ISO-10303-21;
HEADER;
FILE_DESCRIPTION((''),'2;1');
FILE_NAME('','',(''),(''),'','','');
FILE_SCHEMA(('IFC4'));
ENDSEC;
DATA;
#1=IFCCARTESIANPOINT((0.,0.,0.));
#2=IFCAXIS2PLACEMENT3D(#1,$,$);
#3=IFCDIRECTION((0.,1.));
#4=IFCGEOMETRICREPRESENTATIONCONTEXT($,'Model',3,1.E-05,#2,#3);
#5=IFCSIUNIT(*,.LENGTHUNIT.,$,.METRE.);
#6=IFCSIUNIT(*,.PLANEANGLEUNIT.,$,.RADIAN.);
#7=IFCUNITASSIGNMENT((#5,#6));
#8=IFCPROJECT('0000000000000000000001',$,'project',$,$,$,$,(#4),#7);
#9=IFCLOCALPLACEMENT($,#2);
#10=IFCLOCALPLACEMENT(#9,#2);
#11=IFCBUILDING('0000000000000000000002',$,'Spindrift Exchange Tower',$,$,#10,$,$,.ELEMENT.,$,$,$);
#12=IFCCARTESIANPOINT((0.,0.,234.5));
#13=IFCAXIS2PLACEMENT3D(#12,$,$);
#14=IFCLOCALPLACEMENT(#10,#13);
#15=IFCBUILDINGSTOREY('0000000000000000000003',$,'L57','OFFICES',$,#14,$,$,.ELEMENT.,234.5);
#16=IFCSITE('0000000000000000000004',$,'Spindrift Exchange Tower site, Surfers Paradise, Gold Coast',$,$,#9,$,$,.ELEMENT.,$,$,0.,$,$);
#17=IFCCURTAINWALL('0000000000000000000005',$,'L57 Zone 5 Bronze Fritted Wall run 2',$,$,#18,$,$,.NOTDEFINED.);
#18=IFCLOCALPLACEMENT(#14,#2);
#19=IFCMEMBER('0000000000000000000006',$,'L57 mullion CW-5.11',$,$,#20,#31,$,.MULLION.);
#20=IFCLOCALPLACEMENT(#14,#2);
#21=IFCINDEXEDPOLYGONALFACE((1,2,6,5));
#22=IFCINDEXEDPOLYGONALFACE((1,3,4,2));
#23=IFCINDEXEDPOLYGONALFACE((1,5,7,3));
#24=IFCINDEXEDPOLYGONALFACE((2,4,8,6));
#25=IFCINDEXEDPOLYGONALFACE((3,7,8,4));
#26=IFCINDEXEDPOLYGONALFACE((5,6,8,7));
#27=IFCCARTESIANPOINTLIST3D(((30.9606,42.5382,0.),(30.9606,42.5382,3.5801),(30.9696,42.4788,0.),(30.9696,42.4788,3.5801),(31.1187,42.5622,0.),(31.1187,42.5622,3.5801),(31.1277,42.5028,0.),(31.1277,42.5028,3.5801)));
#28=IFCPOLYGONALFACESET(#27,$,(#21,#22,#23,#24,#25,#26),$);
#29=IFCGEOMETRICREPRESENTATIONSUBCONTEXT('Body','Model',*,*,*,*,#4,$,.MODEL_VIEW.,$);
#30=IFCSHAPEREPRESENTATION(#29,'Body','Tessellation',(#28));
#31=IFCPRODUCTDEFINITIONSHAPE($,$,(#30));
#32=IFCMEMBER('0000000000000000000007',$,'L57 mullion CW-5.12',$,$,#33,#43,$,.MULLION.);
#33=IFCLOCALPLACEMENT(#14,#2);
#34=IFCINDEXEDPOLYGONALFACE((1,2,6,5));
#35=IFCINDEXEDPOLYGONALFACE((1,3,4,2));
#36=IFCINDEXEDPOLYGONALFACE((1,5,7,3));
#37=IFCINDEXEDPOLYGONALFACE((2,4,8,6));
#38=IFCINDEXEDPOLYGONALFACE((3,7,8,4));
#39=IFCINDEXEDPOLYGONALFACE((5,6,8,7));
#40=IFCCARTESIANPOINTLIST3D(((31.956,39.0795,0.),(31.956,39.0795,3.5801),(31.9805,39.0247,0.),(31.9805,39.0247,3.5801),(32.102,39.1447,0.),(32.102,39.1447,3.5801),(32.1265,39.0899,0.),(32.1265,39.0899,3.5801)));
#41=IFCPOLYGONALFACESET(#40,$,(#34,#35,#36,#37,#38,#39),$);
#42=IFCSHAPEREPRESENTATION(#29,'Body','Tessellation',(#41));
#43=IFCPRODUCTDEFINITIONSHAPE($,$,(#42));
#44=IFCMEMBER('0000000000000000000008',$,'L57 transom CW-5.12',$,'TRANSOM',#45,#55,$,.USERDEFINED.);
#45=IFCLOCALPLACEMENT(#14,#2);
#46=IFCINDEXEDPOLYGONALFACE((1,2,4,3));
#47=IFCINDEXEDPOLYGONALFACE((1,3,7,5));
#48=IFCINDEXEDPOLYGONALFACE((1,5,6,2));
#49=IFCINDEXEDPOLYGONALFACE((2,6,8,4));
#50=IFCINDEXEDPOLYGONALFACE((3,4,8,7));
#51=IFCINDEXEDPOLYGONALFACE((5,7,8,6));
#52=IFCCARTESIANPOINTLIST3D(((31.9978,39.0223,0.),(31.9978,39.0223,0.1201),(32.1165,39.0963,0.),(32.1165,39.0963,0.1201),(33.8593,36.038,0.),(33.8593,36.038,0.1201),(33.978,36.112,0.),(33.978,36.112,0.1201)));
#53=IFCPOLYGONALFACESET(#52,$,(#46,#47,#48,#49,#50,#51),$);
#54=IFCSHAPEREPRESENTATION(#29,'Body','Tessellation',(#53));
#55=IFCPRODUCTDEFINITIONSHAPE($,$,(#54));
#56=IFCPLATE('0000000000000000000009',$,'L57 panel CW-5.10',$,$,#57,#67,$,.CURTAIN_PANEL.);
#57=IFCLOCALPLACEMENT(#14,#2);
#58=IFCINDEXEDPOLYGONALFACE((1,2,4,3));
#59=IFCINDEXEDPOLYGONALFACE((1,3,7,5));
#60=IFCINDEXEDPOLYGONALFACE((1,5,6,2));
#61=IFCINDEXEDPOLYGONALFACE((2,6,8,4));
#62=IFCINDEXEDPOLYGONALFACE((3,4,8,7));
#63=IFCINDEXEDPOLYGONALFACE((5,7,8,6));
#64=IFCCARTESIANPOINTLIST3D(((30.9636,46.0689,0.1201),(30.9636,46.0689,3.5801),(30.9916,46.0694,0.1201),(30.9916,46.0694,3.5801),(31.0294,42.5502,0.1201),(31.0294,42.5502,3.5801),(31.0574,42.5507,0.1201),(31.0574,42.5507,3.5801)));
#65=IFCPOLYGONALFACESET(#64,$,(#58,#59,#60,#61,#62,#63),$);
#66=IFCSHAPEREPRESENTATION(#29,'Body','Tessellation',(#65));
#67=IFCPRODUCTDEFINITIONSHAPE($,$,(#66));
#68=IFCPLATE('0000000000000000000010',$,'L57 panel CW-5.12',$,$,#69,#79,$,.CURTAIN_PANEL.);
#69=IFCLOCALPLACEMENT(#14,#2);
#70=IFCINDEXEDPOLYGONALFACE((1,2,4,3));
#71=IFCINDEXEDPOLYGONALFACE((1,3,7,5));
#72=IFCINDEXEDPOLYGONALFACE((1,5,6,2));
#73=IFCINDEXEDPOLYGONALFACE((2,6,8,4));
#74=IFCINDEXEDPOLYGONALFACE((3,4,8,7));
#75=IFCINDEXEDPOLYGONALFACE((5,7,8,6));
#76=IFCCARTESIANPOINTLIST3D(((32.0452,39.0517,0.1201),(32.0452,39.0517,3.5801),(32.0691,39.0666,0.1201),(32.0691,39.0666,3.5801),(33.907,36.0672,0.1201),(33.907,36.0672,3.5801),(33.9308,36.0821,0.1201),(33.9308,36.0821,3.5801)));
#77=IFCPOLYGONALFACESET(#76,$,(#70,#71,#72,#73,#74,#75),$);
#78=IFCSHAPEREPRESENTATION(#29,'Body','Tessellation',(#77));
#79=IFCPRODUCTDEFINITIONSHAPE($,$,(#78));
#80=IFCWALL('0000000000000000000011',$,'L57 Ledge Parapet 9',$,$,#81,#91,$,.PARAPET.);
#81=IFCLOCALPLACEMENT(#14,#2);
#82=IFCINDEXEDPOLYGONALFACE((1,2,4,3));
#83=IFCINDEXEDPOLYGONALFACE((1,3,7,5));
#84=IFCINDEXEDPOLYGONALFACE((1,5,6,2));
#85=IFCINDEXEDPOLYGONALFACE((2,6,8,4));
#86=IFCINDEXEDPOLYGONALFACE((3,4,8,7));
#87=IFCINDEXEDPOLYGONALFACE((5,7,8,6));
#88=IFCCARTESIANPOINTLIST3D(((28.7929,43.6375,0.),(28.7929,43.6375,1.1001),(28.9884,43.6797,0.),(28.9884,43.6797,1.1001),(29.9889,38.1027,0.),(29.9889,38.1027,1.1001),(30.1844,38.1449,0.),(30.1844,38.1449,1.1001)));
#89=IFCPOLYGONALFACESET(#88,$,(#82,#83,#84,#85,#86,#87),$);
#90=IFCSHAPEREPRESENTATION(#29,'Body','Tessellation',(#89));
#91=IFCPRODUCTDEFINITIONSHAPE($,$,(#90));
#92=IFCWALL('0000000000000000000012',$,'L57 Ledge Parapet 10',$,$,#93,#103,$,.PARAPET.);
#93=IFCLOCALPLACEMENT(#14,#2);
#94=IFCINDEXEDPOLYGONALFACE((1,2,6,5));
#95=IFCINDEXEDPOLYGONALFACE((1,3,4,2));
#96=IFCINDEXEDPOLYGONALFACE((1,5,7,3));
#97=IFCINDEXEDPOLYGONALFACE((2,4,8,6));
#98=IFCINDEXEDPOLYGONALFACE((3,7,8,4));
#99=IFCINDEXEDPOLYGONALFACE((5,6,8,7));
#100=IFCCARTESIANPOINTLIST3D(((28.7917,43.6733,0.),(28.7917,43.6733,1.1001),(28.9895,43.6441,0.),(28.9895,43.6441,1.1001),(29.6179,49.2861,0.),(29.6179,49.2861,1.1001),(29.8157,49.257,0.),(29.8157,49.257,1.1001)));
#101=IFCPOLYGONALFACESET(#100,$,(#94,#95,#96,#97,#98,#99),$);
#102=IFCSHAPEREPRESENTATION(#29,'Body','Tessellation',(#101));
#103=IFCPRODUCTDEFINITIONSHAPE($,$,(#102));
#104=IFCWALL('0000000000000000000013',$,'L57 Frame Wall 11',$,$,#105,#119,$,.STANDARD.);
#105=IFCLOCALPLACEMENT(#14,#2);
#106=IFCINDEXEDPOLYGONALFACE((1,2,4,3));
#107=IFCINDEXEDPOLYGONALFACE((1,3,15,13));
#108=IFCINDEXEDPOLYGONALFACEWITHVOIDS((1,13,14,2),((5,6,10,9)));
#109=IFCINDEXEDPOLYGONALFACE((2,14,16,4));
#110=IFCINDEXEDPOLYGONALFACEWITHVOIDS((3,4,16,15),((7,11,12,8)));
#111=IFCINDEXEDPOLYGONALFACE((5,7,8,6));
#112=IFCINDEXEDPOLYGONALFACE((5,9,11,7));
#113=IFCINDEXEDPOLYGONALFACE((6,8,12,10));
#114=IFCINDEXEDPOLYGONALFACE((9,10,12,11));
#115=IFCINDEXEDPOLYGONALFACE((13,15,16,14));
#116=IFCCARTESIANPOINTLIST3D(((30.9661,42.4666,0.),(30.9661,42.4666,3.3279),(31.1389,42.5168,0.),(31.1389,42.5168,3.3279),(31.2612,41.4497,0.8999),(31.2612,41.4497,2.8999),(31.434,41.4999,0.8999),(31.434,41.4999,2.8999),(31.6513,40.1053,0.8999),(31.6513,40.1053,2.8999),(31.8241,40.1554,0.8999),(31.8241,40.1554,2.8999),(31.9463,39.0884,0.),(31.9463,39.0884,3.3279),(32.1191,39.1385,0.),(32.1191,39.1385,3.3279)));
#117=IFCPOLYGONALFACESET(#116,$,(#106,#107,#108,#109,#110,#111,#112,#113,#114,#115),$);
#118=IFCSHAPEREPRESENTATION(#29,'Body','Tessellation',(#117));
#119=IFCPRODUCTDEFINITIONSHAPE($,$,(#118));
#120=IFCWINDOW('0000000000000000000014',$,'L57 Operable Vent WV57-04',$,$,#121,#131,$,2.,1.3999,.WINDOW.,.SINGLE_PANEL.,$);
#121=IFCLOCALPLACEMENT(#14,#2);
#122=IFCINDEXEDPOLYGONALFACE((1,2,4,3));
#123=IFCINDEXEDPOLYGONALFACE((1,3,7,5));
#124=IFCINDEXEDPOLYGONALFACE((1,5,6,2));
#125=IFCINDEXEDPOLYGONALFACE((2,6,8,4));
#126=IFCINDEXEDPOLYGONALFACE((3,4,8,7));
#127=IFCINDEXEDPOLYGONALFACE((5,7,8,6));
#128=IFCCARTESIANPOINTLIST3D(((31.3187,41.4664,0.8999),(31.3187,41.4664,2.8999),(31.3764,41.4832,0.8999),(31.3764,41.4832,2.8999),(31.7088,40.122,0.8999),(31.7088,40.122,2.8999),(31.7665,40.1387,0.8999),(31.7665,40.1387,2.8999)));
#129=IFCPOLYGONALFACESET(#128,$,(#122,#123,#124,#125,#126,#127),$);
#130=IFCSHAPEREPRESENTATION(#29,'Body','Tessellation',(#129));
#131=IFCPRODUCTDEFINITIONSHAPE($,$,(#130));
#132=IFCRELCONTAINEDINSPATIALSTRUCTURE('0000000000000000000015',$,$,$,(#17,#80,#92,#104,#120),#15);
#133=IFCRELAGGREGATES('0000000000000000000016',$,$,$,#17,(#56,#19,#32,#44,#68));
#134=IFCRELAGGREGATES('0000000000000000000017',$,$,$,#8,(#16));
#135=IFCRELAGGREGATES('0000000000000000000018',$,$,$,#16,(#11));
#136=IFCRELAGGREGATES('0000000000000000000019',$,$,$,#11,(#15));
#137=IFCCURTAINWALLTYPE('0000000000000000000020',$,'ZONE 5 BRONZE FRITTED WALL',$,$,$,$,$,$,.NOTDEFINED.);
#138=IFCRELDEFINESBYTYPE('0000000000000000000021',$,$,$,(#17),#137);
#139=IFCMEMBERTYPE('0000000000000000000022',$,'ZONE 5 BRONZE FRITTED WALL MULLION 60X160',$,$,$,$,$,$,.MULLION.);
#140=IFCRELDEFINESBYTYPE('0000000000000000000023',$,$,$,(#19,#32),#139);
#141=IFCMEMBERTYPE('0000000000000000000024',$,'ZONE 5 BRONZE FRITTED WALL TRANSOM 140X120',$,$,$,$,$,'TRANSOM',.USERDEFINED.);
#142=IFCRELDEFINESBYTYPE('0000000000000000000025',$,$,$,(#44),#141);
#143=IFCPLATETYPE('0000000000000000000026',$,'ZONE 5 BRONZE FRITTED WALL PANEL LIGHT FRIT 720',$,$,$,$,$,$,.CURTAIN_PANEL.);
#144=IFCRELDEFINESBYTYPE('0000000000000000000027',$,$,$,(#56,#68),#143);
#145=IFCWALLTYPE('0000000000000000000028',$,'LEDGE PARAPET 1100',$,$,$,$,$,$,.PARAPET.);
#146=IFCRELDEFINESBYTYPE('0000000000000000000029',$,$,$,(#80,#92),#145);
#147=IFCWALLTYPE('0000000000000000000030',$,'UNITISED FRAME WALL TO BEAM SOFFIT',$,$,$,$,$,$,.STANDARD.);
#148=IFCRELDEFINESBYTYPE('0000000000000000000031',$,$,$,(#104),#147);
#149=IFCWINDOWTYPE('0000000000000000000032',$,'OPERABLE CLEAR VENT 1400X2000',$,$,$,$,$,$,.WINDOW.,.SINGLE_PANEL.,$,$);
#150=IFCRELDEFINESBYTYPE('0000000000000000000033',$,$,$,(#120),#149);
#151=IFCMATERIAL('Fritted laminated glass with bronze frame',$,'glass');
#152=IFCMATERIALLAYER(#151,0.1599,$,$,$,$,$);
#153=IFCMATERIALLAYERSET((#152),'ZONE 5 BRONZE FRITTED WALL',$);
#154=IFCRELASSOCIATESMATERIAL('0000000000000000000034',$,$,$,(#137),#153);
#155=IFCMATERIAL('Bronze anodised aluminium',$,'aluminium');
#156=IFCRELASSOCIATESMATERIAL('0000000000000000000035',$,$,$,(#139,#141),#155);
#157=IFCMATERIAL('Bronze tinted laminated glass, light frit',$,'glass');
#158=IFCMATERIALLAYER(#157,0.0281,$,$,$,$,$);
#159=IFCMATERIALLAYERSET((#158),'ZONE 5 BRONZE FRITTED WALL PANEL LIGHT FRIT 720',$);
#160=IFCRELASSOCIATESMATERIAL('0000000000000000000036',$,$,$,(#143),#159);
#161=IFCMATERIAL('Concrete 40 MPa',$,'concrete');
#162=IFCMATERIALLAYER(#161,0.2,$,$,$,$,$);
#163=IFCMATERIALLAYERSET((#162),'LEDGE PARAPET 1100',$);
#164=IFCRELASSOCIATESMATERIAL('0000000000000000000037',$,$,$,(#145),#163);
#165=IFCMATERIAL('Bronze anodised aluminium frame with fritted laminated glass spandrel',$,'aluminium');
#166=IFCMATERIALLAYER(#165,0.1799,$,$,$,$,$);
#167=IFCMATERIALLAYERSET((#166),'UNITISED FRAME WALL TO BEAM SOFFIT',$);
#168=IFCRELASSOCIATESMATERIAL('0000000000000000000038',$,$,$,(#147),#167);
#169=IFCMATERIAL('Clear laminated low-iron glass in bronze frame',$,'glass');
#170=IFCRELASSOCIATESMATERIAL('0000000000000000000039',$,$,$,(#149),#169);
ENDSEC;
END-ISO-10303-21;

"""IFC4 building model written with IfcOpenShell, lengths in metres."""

from ifc_helpers import new_model, si_unit, direction, frame, frame_2d, origin, origin_2d, place, context, subcontext, project, spatial, rectangle, extrude, source, transform, mapped, material, layer, layer_set, material_profile, profile_set, type_object, element, fill, aggregate, save


model = new_model("IFC4")

# Units and contexts
model_context = context("Model", 3, precision=1e-05, world=origin(), true_north=direction((0.0, 1.0)))
body_context = subcontext(model_context, "Body", "Model", "MODEL_VIEW")
ifc_project = project(units=[si_unit("LENGTHUNIT", "METRE"), si_unit("PLANEANGLEUNIT", "RADIAN")], contexts=[model_context])

# Site, building, storey
site_placement = place(None, origin())
site = spatial("IfcSite", under=ifc_project, at=site_placement, Name="Spindrift Exchange Tower site, Surfers Paradise, Gold Coast", CompositionType="ELEMENT", RefElevation=0.0)
building_placement = place(site_placement, origin())
building = spatial("IfcBuilding", under=site, at=building_placement, Name="Spindrift Exchange Tower", CompositionType="ELEMENT")
storey_placement = place(building_placement, frame((0.0, 0.0, 234.5)))
storey = spatial("IfcBuildingStorey", under=building, at=storey_placement, Name="L57", Description="OFFICES", CompositionType="ELEMENT", Elevation=234.5)

# Shared definitions
ifc_material_1 = material(Name="Concrete 40 MPa", Category="concrete")

# Curtain wall, members, plates
ifc_material_2 = material(Name="Fritted laminated glass with bronze frame", Category="glass")
ifc_layer_1 = layer(ifc_material_2, 0.1599)
ifc_layer_set_1 = layer_set([ifc_layer_1], Name="ZONE 5 BRONZE FRITTED WALL")
curtain_wall_type = type_object("IfcCurtainWallType", Name="ZONE 5 BRONZE FRITTED WALL", PredefinedType="NOTDEFINED", material=ifc_layer_set_1)
curtain_wall_placement = place(storey_placement, origin())
curtain_wall = element("IfcCurtainWall", 1, at=curtain_wall_placement, inside=storey, type_object=curtain_wall_type, Name="L57 Zone 5 Bronze Fritted Wall run 2", PredefinedType="NOTDEFINED")
ifc_material_3 = material(Name="Bronze anodised aluminium", Category="aluminium")
ifc_material_profile_1 = material_profile(ifc_material_3, rectangle(XDim=0.0601, YDim=0.1599, at=origin_2d()), Name="ZONE 5 BRONZE FRITTED WALL MULLION 60X160")
ifc_profile_set_1 = profile_set([ifc_material_profile_1], Name="Bronze anodised aluminium")
member_type_1 = type_object("IfcMemberType", Name="ZONE 5 BRONZE FRITTED WALL MULLION 60X160", PredefinedType="MULLION", material=ifc_profile_set_1)
shared_shape_1 = source(origin(), body_context, "Body", "SweptSolid", [
    extrude(rectangle(XDim=0.0601, YDim=0.1599, at=origin_2d()), origin(), (0.0, 0.0, 1.0), 3.5801),
])
member_1_placement = place(storey_placement, frame((31.0442, 42.5205, 0.0), z_axis=(0.0, 0.0, 1.0), x_axis=(0.150003, -0.988686, 0.0)))
member_1 = element("IfcMember", 2, at=member_1_placement, type_object=member_type_1, Name="L57 mullion CW-5.11", PredefinedType="MULLION", context=body_context, shape_type="MappedRepresentation", body=[
    mapped(shared_shape_1, transform((0.0, 0.0, 0.0), scale=1.0)),
])
member_2_placement = place(storey_placement, frame((32.0413, 39.0847, 0.0), z_axis=(0.0, 0.0, 1.0), x_axis=(0.407854, -0.913047, 0.0)))
member_2 = element("IfcMember", 3, at=member_2_placement, type_object=member_type_1, Name="L57 mullion CW-5.12", PredefinedType="MULLION", context=body_context, shape_type="MappedRepresentation", body=[
    mapped(shared_shape_1, transform((0.0, 0.0, 0.0), scale=1.0)),
])
ifc_material_profile_2 = material_profile(ifc_material_3, rectangle(XDim=0.1399, YDim=0.1201, at=origin_2d()), Name="ZONE 5 BRONZE FRITTED WALL TRANSOM 140X120")
ifc_profile_set_2 = profile_set([ifc_material_profile_2], Name="Bronze anodised aluminium")
member_type_2 = type_object("IfcMemberType", Name="ZONE 5 BRONZE FRITTED WALL TRANSOM 140X120", ElementType="TRANSOM", PredefinedType="USERDEFINED", material=ifc_profile_set_2)
shared_shape_2 = source(origin(), body_context, "Body", "SweptSolid", [
    extrude(rectangle(XDim=0.1399, YDim=0.1201, at=origin_2d()), origin(), (0.0, 0.0, 1.0), 3.5173),
])
member_3_placement = place(storey_placement, frame((32.0571, 39.0593, 0.0601), z_axis=(0.52925, -0.848466, 0.0), x_axis=(0.848466, 0.52925, 0.0)))
member_3 = element("IfcMember", 4, at=member_3_placement, type_object=member_type_2, Name="L57 transom CW-5.12", ObjectType="TRANSOM", PredefinedType="USERDEFINED", context=body_context, shape_type="MappedRepresentation", body=[
    mapped(shared_shape_2, transform((0.0, 0.0, 0.0), scale=1.0)),
])
ifc_material_4 = material(Name="Bronze tinted laminated glass, light frit", Category="glass")
ifc_layer_2 = layer(ifc_material_4, 0.0281)
ifc_layer_set_2 = layer_set([ifc_layer_2], Name="ZONE 5 BRONZE FRITTED WALL PANEL LIGHT FRIT 720")
plate_type = type_object("IfcPlateType", Name="ZONE 5 BRONZE FRITTED WALL PANEL LIGHT FRIT 720", PredefinedType="CURTAIN_PANEL", material=ifc_layer_set_2)
shared_shape_3 = source(origin(), body_context, "Body", "SweptSolid", [
    extrude(rectangle(XDim=3.5193, YDim=0.0281, at=origin_2d()), origin(), (0.0, 0.0, 1.0), 3.46),
])
plate_1_placement = place(storey_placement, frame((31.0105, 44.3098, 0.1201), z_axis=(0.0, 0.0, 1.0), x_axis=(0.018691, -0.999825, 0.0)))
plate_1 = element("IfcPlate", 5, at=plate_1_placement, type_object=plate_type, Name="L57 panel CW-5.10", PredefinedType="CURTAIN_PANEL", context=body_context, shape_type="MappedRepresentation", body=[
    mapped(shared_shape_3, transform((0.0, 0.0, 0.0), scale=1.0)),
])
shared_shape_4 = source(origin(), body_context, "Body", "SweptSolid", [
    extrude(rectangle(XDim=3.5176, YDim=0.0281, at=origin_2d()), origin(), (0.0, 0.0, 1.0), 3.46),
])
plate_2_placement = place(storey_placement, frame((32.988, 37.5669, 0.1201), z_axis=(0.0, 0.0, 1.0), x_axis=(0.529283, -0.848446, 0.0)))
plate_2 = element("IfcPlate", 6, at=plate_2_placement, type_object=plate_type, Name="L57 panel CW-5.12", PredefinedType="CURTAIN_PANEL", context=body_context, shape_type="MappedRepresentation", body=[
    mapped(shared_shape_4, transform((0.0, 0.0, 0.0), scale=1.0)),
])
aggregate(curtain_wall, [plate_1, member_1, member_2, member_3, plate_2])

# Walls
ifc_layer_3 = layer(ifc_material_1, 0.2)
ifc_layer_set_3 = layer_set([ifc_layer_3], Name="LEDGE PARAPET 1100")
wall_type_1 = type_object("IfcWallType", Name="LEDGE PARAPET 1100", PredefinedType="PARAPET", material=ifc_layer_set_3)
wall_1_placement = place(storey_placement, frame((30.0867, 38.1238, 0.0), z_axis=(0.0, 0.0, 1.0), x_axis=(-0.211216, 0.977439, 0.0)))
element("IfcWall", 7, at=wall_1_placement, inside=storey, type_object=wall_type_1, Name="L57 Ledge Parapet 9", PredefinedType="PARAPET", context=body_context, shape_type="SweptSolid", body=[
    extrude(rectangle(XDim=5.6626, YDim=0.2, at=frame_2d((2.8313, 0.0))), origin(), (0.0, 0.0, 1.0), 1.1001),
])
wall_2_placement = place(storey_placement, frame((28.8906, 43.6587, 0.0), z_axis=(0.0, 0.0, 1.0), x_axis=(0.145625, 0.98934, 0.0)))
element("IfcWall", 8, at=wall_2_placement, inside=storey, type_object=wall_type_1, Name="L57 Ledge Parapet 10", PredefinedType="PARAPET", context=body_context, shape_type="SweptSolid", body=[
    extrude(rectangle(XDim=5.6733, YDim=0.2, at=frame_2d((2.8367, 0.0))), origin(), (0.0, 0.0, 1.0), 1.1001),
])

# Wall, opening, window
ifc_material_5 = material(Name="Bronze anodised aluminium frame with fritted laminated glass spandrel", Category="aluminium")
ifc_layer_4 = layer(ifc_material_5, 0.1799)
ifc_layer_set_4 = layer_set([ifc_layer_4], Name="UNITISED FRAME WALL TO BEAM SOFFIT")
wall_type_2 = type_object("IfcWallType", Name="UNITISED FRAME WALL TO BEAM SOFFIT", PredefinedType="STANDARD", material=ifc_layer_set_4)
wall_3_placement = place(storey_placement, frame((31.0525, 42.4917, 0.0), z_axis=(0.0, 0.0, 1.0), x_axis=(0.27867, -0.960387, 0.0)))
wall_3 = element("IfcWall", 9, at=wall_3_placement, inside=storey, type_object=wall_type_2, Name="L57 Frame Wall 11", PredefinedType="STANDARD", context=body_context, shape_type="SweptSolid", body=[
    extrude(rectangle(XDim=3.5176, YDim=0.1799, at=frame_2d((1.7588, 0.0))), origin(), (0.0, 0.0, 1.0), 3.3279),
])
opening_1_placement = place(wall_3_placement, frame((1.0588, 0.0, 0.8999)))
opening_1 = element("IfcOpeningElement", 10, at=opening_1_placement, cuts=wall_3, PredefinedType="OPENING", context=body_context, shape_type="SweptSolid", body=[
    extrude(rectangle(XDim=1.3999, YDim=2.0, at=frame_2d((0.7, 1.0))), frame((0.0, 0.0999, 0.0), z_axis=(0.0, -1.0, 0.0), x_axis=(1.0, 0.0, 0.0)), (0.0, 0.0, 1.0), 0.2),
])
ifc_material_6 = material(Name="Clear laminated low-iron glass in bronze frame", Category="glass")
window_type = type_object("IfcWindowType", Name="OPERABLE CLEAR VENT 1400X2000", PartitioningType="SINGLE_PANEL", PredefinedType="WINDOW", material=ifc_material_6)
shared_shape_5 = source(origin(), body_context, "Body", "SweptSolid", [
    extrude(rectangle(XDim=1.3999, YDim=2.0, at=frame_2d((0.7, 1.0))), frame((0.0, 0.03, 0.0), z_axis=(0.0, -1.0, 0.0), x_axis=(1.0, 0.0, 0.0)), (0.0, 0.0, 1.0), 0.0601),
])
window_placement = place(opening_1_placement, origin())
window = element("IfcWindow", 11, at=window_placement, inside=storey, type_object=window_type, Name="L57 Operable Vent WV57-04", OverallHeight=2.0, OverallWidth=1.3999, PartitioningType="SINGLE_PANEL", PredefinedType="WINDOW", context=body_context, shape_type="MappedRepresentation", body=[
    mapped(shared_shape_5, transform((0.0, 0.0, 0.0), scale=1.0)),
])
fill(opening_1, window)

save(model, "model.ifc")
